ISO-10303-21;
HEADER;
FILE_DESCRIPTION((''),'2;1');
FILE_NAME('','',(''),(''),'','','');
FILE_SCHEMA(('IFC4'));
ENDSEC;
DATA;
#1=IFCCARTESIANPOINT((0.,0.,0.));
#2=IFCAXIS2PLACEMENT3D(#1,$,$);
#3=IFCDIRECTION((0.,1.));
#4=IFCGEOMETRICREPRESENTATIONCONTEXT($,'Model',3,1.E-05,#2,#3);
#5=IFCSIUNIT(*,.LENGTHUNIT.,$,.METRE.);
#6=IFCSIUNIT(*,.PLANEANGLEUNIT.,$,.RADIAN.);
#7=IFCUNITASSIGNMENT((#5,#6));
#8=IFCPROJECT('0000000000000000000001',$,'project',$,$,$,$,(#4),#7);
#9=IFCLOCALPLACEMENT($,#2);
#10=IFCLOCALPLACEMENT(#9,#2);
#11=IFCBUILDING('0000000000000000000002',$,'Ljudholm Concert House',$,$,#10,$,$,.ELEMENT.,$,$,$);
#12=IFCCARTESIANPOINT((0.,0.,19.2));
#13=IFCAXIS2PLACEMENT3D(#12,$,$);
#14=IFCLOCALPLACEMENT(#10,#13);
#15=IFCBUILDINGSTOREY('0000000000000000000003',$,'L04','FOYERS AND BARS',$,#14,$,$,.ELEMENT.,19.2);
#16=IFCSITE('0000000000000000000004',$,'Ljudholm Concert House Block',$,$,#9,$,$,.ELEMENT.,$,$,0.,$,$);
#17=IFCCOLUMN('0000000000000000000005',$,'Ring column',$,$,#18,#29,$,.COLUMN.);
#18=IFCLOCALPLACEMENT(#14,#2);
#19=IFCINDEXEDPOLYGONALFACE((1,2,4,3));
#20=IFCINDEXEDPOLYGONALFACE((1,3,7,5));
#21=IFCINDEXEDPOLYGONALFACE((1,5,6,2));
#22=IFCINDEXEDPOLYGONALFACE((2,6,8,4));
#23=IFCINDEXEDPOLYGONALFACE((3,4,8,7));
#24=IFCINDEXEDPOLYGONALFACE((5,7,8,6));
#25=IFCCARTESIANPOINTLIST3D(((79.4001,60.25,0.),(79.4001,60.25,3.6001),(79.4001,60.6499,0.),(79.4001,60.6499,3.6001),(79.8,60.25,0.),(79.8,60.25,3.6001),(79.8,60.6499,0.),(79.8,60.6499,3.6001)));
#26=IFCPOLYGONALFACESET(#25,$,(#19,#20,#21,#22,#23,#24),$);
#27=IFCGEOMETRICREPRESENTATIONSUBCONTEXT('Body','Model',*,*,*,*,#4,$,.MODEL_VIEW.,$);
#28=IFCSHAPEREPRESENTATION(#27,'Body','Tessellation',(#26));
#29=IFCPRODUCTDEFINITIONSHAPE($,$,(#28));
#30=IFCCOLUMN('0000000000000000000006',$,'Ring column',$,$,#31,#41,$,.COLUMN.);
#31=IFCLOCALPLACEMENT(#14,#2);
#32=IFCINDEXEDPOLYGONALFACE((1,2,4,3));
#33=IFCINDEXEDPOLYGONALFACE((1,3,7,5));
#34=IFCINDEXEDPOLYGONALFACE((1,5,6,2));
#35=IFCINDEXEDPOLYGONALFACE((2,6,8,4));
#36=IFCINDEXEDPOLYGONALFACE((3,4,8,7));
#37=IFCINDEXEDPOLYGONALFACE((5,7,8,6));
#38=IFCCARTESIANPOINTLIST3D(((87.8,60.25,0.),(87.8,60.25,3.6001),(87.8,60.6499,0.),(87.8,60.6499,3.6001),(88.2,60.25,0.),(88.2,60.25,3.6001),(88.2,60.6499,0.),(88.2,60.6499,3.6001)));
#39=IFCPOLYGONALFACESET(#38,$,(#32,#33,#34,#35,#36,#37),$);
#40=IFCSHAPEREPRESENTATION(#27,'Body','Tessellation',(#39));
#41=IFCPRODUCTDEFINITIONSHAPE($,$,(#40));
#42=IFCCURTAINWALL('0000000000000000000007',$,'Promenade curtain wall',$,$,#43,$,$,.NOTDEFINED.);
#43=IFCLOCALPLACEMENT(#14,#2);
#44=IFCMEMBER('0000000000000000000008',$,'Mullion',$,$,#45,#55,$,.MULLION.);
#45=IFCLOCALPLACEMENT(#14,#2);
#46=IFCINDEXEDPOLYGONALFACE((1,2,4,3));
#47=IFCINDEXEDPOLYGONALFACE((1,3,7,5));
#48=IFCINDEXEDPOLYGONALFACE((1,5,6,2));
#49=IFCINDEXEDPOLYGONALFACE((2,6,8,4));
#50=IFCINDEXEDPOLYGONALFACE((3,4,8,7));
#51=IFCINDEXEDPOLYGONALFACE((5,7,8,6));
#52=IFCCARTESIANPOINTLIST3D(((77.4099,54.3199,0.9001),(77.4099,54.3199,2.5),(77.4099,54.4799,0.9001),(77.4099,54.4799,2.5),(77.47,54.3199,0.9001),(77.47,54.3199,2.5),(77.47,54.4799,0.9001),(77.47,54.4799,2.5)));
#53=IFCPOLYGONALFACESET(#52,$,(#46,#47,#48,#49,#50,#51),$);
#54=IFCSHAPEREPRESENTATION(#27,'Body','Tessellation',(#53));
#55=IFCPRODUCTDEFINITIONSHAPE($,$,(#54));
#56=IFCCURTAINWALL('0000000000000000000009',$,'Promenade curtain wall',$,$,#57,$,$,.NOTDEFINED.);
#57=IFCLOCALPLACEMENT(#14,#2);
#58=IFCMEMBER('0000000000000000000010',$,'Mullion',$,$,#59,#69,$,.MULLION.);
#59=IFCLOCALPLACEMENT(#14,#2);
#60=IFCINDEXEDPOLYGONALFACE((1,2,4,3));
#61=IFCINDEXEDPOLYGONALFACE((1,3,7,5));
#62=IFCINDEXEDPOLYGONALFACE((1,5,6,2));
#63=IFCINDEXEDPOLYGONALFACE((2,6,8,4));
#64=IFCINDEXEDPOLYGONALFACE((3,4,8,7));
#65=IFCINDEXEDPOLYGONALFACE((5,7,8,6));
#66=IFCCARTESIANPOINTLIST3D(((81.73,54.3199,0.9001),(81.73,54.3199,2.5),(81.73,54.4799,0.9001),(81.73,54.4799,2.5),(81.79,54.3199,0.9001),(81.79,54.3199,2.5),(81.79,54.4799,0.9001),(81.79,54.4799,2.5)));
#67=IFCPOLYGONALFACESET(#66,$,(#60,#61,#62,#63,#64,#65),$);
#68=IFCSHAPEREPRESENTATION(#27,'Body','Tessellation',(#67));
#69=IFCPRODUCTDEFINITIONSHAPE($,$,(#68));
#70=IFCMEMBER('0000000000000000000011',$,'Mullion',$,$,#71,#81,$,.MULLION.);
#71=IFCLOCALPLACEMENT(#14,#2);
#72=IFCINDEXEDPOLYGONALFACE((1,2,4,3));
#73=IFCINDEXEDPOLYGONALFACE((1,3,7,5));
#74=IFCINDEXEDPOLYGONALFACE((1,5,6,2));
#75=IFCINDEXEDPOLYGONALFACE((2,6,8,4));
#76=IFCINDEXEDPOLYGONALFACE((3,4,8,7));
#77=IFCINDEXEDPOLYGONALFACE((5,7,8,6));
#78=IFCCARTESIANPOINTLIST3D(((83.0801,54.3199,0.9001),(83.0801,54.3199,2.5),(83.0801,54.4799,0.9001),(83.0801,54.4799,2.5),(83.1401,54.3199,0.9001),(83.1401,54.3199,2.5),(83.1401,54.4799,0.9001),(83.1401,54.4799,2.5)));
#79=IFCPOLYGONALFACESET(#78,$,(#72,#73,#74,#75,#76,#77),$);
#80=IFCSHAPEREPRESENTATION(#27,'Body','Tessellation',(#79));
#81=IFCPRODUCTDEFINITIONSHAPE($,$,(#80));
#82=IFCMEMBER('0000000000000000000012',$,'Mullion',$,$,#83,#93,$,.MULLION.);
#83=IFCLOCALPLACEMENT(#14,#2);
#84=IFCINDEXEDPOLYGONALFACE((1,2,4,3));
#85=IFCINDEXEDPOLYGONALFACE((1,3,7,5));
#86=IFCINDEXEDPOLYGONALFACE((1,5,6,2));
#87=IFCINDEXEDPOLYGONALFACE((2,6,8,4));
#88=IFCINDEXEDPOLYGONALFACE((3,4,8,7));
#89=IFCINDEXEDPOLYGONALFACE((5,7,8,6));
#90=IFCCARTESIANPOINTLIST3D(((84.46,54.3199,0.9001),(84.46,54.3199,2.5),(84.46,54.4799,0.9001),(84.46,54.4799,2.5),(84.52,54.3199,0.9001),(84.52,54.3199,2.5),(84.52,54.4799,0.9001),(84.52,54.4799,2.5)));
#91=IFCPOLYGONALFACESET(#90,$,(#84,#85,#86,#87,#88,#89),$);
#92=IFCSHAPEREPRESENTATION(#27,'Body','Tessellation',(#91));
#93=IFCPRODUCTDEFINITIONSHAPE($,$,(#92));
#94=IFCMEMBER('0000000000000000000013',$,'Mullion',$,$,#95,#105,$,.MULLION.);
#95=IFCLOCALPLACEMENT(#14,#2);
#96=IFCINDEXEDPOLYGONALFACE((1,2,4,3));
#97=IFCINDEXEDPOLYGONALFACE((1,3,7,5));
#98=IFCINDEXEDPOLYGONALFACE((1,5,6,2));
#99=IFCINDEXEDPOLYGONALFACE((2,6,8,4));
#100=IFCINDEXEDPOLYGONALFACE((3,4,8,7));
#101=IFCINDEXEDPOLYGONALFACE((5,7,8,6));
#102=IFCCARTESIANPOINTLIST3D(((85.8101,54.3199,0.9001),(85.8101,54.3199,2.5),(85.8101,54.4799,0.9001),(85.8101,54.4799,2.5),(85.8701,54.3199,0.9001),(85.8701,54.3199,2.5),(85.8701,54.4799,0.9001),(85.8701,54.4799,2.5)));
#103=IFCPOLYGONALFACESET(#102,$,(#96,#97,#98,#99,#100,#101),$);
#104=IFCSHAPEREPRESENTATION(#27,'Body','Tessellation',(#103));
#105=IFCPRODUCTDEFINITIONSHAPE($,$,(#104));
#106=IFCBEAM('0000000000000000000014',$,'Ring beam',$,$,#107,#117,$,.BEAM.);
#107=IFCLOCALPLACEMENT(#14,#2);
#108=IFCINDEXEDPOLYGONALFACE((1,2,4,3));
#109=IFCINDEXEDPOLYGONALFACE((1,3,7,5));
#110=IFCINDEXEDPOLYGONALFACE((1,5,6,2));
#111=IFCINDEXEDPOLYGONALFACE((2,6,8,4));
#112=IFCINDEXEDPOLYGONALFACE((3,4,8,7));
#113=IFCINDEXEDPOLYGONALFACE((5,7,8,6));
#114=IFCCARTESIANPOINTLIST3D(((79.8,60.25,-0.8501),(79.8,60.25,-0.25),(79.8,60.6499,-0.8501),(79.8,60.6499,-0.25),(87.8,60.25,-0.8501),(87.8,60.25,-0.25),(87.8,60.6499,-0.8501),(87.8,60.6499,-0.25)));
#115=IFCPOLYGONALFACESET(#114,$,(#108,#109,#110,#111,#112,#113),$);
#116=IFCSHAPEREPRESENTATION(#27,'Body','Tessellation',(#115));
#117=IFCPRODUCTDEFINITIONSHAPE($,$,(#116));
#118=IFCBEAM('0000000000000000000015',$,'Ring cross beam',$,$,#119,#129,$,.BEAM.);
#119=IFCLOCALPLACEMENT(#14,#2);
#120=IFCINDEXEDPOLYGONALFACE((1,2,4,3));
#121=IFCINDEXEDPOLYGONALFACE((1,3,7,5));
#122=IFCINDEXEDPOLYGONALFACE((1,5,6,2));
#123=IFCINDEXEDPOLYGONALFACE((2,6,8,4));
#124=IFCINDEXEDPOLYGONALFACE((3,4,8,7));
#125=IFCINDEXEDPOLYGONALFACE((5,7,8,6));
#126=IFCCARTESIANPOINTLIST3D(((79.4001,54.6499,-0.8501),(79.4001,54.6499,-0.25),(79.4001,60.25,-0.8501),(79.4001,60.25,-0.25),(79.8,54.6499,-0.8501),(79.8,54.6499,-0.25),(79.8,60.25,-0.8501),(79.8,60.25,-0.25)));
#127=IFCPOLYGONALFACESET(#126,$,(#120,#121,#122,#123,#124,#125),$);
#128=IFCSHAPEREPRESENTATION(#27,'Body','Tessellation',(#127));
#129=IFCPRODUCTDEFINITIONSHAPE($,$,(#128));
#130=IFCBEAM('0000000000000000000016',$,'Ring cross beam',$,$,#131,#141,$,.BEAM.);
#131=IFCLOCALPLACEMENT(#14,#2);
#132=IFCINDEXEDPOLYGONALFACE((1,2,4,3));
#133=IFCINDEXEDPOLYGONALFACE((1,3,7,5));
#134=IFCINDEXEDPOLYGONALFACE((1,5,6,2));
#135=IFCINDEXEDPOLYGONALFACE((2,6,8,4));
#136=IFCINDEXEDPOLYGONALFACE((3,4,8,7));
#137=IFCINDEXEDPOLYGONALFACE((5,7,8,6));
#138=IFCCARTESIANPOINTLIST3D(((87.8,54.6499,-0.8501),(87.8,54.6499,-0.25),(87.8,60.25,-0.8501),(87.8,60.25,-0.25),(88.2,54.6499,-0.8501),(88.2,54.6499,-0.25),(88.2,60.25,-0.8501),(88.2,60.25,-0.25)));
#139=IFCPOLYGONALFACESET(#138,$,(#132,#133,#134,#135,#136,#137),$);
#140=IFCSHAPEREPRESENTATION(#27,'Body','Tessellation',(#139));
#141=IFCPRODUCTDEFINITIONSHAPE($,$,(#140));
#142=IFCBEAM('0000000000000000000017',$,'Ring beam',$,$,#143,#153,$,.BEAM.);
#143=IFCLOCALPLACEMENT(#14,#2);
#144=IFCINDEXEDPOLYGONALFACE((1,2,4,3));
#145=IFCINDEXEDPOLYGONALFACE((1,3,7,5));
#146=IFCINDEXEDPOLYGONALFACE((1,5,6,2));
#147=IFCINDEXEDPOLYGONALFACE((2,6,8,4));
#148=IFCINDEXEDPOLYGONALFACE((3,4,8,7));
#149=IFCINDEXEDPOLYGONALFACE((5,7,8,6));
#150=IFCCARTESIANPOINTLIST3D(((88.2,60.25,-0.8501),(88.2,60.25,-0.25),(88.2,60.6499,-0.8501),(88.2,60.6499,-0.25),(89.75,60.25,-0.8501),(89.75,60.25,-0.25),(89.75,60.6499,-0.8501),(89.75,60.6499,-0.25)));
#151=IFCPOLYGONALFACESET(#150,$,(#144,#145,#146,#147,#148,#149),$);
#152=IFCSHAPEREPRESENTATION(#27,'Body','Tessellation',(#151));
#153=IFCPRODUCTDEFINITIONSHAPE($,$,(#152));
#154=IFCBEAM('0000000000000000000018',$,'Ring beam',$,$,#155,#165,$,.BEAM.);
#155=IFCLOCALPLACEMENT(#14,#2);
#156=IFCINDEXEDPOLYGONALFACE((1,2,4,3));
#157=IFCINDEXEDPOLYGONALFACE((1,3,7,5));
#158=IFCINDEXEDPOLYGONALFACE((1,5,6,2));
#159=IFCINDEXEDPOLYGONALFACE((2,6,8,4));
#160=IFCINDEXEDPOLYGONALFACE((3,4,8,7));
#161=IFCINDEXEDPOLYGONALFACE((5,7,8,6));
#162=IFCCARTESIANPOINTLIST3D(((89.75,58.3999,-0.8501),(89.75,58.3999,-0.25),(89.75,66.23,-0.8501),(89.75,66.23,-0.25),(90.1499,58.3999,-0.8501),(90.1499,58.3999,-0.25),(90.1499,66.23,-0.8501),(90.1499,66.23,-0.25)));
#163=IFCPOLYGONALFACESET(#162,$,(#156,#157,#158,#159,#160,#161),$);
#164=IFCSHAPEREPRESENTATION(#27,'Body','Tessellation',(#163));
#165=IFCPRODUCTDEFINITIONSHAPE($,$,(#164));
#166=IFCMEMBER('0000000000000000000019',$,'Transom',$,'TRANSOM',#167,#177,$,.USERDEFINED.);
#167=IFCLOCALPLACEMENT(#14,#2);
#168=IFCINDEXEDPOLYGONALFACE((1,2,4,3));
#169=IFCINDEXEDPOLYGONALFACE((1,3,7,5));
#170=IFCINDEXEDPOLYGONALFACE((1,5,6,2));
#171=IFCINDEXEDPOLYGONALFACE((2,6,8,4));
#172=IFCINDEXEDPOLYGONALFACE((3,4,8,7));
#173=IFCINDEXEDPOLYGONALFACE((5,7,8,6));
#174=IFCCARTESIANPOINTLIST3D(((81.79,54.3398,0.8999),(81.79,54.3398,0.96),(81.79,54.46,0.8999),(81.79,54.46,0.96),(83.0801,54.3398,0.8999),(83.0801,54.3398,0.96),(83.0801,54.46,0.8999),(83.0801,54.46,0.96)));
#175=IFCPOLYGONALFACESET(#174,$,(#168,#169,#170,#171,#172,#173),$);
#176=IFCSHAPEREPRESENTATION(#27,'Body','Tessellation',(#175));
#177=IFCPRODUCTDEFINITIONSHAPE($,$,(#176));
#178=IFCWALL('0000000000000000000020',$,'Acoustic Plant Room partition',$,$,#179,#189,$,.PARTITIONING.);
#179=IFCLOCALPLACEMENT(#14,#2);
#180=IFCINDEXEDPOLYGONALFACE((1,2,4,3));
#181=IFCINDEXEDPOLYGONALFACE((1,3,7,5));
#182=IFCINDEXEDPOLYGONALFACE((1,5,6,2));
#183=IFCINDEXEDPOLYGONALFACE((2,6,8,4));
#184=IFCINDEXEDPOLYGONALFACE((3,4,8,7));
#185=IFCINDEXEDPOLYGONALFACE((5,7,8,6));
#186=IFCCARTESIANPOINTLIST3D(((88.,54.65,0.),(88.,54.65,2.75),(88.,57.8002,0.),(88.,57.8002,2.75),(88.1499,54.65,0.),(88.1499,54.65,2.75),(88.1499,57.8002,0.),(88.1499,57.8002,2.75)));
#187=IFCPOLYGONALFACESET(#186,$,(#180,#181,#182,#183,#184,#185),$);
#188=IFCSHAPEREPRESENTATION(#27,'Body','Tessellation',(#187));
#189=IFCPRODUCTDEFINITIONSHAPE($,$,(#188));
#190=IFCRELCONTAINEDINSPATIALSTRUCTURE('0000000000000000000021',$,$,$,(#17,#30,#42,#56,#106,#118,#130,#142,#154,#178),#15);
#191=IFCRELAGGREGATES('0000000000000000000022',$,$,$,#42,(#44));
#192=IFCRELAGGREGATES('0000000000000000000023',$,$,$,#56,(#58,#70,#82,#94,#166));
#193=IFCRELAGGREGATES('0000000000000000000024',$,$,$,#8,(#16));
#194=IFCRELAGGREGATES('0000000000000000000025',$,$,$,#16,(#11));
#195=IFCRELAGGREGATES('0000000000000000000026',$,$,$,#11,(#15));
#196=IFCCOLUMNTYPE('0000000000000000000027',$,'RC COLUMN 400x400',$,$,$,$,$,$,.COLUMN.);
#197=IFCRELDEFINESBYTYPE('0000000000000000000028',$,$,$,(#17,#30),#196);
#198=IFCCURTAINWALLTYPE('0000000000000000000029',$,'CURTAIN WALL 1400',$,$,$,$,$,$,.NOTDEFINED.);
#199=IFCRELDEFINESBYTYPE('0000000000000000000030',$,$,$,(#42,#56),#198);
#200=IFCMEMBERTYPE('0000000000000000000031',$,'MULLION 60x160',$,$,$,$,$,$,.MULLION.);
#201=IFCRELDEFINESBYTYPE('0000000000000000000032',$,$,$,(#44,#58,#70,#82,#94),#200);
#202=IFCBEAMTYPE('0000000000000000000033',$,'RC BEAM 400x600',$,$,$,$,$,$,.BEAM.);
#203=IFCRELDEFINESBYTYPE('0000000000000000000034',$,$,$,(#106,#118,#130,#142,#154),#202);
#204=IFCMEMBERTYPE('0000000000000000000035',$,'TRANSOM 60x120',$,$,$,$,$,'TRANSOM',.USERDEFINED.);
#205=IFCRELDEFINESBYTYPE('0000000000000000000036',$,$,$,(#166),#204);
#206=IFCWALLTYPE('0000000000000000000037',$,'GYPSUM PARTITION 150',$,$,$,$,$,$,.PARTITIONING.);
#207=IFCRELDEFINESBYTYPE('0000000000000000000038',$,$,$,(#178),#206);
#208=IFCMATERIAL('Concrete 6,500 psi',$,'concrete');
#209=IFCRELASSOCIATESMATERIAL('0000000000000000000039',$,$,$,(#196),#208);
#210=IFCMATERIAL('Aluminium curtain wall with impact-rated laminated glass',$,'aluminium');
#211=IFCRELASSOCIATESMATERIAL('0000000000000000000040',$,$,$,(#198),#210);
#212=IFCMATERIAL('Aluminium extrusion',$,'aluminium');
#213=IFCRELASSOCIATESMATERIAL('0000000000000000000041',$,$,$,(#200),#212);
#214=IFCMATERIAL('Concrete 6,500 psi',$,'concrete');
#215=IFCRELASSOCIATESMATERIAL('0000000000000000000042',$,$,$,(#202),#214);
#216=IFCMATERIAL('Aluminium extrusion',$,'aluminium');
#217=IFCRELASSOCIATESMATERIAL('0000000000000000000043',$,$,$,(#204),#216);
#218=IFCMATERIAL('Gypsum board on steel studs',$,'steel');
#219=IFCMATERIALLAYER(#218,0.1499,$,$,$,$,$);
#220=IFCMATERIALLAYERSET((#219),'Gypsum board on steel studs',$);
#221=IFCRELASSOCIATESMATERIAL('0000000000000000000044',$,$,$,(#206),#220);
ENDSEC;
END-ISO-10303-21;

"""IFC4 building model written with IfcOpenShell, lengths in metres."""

from ifc_helpers import new_model, si_unit, direction, frame, frame_2d, origin, origin_2d, place, context, subcontext, project, spatial, rectangle, extrude, material, layer, layer_set, material_profile, profile_set, type_object, element, aggregate, save


model = new_model("IFC4")

# Units and contexts
model_context = context("Model", 3, precision=1e-05, world=origin(), true_north=direction((0.0, 1.0)))
body_context = subcontext(model_context, "Body", "Model", "MODEL_VIEW")
ifc_project = project(units=[si_unit("LENGTHUNIT", "METRE"), si_unit("PLANEANGLEUNIT", "RADIAN")], contexts=[model_context])

# Site, building, storey
site_placement = place(None, origin())
site = spatial("IfcSite", under=ifc_project, at=site_placement, Name="Ljudholm Concert House Block", CompositionType="ELEMENT", RefElevation=0.0)
building_placement = place(site_placement, origin())
building = spatial("IfcBuilding", under=site, at=building_placement, Name="Ljudholm Concert House", CompositionType="ELEMENT")
storey_placement = place(building_placement, frame((0.0, 0.0, 19.2)))
storey = spatial("IfcBuildingStorey", under=building, at=storey_placement, Name="L04", Description="FOYERS AND BARS", CompositionType="ELEMENT", Elevation=19.2)

# Columns
ifc_material_1 = material(Name="Concrete 6,500 psi", Category="concrete")
ifc_material_profile_1 = material_profile(ifc_material_1, rectangle(XDim=0.3999, YDim=0.3999, at=origin_2d()), Name="RC COLUMN 400x400")
ifc_profile_set_1 = profile_set([ifc_material_profile_1], Name="Concrete 6,500 psi")
column_type = type_object("IfcColumnType", Name="RC COLUMN 400x400", PredefinedType="COLUMN", material=ifc_profile_set_1)
for number, where, z_axis, x_axis, name in (
    (1, (79.6001, 60.45, 0.0), (0.0, 0.0, 1.0), (1.0, 0.0, 0.0), "Ring column"),
    (2, (88.0, 60.45, 0.0), (0.0, 0.0, 1.0), (1.0, 0.0, 0.0), "Ring column"),
):
    element("IfcColumn", number, at=place(storey_placement, frame(where, z_axis=z_axis, x_axis=x_axis)), inside=storey, type_object=column_type, Name=name, PredefinedType="COLUMN", context=body_context, shape_type="SweptSolid", body=[
        extrude(rectangle(XDim=0.3999, YDim=0.3999, at=origin_2d()), origin(), (0.0, 0.0, 1.0), 3.6001),
    ])

# Curtain wall, member
ifc_material_2 = material(Name="Aluminium curtain wall with impact-rated laminated glass", Category="aluminium")
curtain_wall_type = type_object("IfcCurtainWallType", Name="CURTAIN WALL 1400", PredefinedType="NOTDEFINED", material=ifc_material_2)
curtain_wall_1_placement = place(storey_placement, origin())
curtain_wall_1 = element("IfcCurtainWall", 3, at=curtain_wall_1_placement, inside=storey, type_object=curtain_wall_type, Name="Promenade curtain wall", PredefinedType="NOTDEFINED")
ifc_material_3 = material(Name="Aluminium extrusion", Category="aluminium")
ifc_material_profile_2 = material_profile(ifc_material_3, rectangle(XDim=0.1599, YDim=0.0601, at=origin_2d()), Name="MULLION 60x160")
ifc_profile_set_2 = profile_set([ifc_material_profile_2], Name="Aluminium extrusion")
member_type_1 = type_object("IfcMemberType", Name="MULLION 60x160", PredefinedType="MULLION", material=ifc_profile_set_2)
member_1_placement = place(storey_placement, frame((77.4399, 54.3999, 0.9001), z_axis=(0.0, 0.0, 1.0), x_axis=(0.0, 1.0, 0.0)))
member_1 = element("IfcMember", 4, at=member_1_placement, type_object=member_type_1, Name="Mullion", PredefinedType="MULLION", context=body_context, shape_type="SweptSolid", body=[
    extrude(rectangle(XDim=0.1599, YDim=0.0601, at=origin_2d()), origin(), (0.0, 0.0, 1.0), 1.5999),
])
aggregate(curtain_wall_1, [member_1])

# Curtain wall, members
curtain_wall_2_placement = place(storey_placement, origin())
curtain_wall_2 = element("IfcCurtainWall", 5, at=curtain_wall_2_placement, inside=storey, type_object=curtain_wall_type, Name="Promenade curtain wall", PredefinedType="NOTDEFINED")
member_2_placement = place(storey_placement, frame((81.76, 54.3999, 0.9001), z_axis=(0.0, 0.0, 1.0), x_axis=(0.0, 1.0, 0.0)))
member_2 = element("IfcMember", 6, at=member_2_placement, type_object=member_type_1, Name="Mullion", PredefinedType="MULLION", context=body_context, shape_type="SweptSolid", body=[
    extrude(rectangle(XDim=0.1599, YDim=0.0601, at=origin_2d()), origin(), (0.0, 0.0, 1.0), 1.5999),
])
member_3_placement = place(storey_placement, frame((83.1101, 54.3999, 0.9001), z_axis=(0.0, 0.0, 1.0), x_axis=(0.0, 1.0, 0.0)))
member_3 = element("IfcMember", 7, at=member_3_placement, type_object=member_type_1, Name="Mullion", PredefinedType="MULLION", context=body_context, shape_type="SweptSolid", body=[
    extrude(rectangle(XDim=0.1599, YDim=0.0601, at=origin_2d()), origin(), (0.0, 0.0, 1.0), 1.5999),
])
member_4_placement = place(storey_placement, frame((84.49, 54.3999, 0.9001), z_axis=(0.0, 0.0, 1.0), x_axis=(0.0, 1.0, 0.0)))
member_4 = element("IfcMember", 8, at=member_4_placement, type_object=member_type_1, Name="Mullion", PredefinedType="MULLION", context=body_context, shape_type="SweptSolid", body=[
    extrude(rectangle(XDim=0.1599, YDim=0.0601, at=origin_2d()), origin(), (0.0, 0.0, 1.0), 1.5999),
])
member_5_placement = place(storey_placement, frame((85.8401, 54.3999, 0.9001), z_axis=(0.0, 0.0, 1.0), x_axis=(0.0, 1.0, 0.0)))
member_5 = element("IfcMember", 9, at=member_5_placement, type_object=member_type_1, Name="Mullion", PredefinedType="MULLION", context=body_context, shape_type="SweptSolid", body=[
    extrude(rectangle(XDim=0.1599, YDim=0.0601, at=origin_2d()), origin(), (0.0, 0.0, 1.0), 1.5999),
])

# Beams
ifc_material_4 = material(Name="Concrete 6,500 psi", Category="concrete")
ifc_material_profile_3 = material_profile(ifc_material_4, rectangle(XDim=0.3999, YDim=0.6001, at=origin_2d()), Name="RC BEAM 400x600")
ifc_profile_set_3 = profile_set([ifc_material_profile_3], Name="Concrete 6,500 psi")
beam_type = type_object("IfcBeamType", Name="RC BEAM 400x600", PredefinedType="BEAM", material=ifc_profile_set_3)
beam_1_placement = place(storey_placement, frame((79.8, 60.45, -0.55), z_axis=(1.0, 0.0, 0.0), x_axis=(0.0, 1.0, 0.0)))
element("IfcBeam", 10, at=beam_1_placement, inside=storey, type_object=beam_type, Name="Ring beam", PredefinedType="BEAM", context=body_context, shape_type="SweptSolid", body=[
    extrude(rectangle(XDim=0.3999, YDim=0.6001, at=origin_2d()), origin(), (0.0, 0.0, 1.0), 8.0),
])
for number, where, z_axis, x_axis, name in (
    (11, (79.6001, 60.25, -0.55), (0.0, -1.0, 0.0), (1.0, 0.0, 0.0), "Ring cross beam"),
    (12, (88.0, 60.25, -0.55), (0.0, -1.0, 0.0), (1.0, 0.0, 0.0), "Ring cross beam"),
):
    element("IfcBeam", number, at=place(storey_placement, frame(where, z_axis=z_axis, x_axis=x_axis)), inside=storey, type_object=beam_type, Name=name, PredefinedType="BEAM", context=body_context, shape_type="SweptSolid", body=[
        extrude(rectangle(XDim=0.3999, YDim=0.6001, at=origin_2d()), origin(), (0.0, 0.0, 1.0), 5.6001),
    ])
beam_2_placement = place(storey_placement, frame((88.2, 60.45, -0.55), z_axis=(1.0, 0.0, 0.0), x_axis=(0.0, 1.0, 0.0)))
element("IfcBeam", 13, at=beam_2_placement, inside=storey, type_object=beam_type, Name="Ring beam", PredefinedType="BEAM", context=body_context, shape_type="SweptSolid", body=[
    extrude(rectangle(XDim=0.3999, YDim=0.6001, at=origin_2d()), origin(), (0.0, 0.0, 1.0), 1.55),
])
beam_3_placement = place(storey_placement, frame((89.95, 58.3999, -0.55), z_axis=(0.0, 1.0, 0.0), x_axis=(-1.0, 0.0, 0.0)))
element("IfcBeam", 14, at=beam_3_placement, inside=storey, type_object=beam_type, Name="Ring beam", PredefinedType="BEAM", context=body_context, shape_type="SweptSolid", body=[
    extrude(rectangle(XDim=0.3999, YDim=0.6001, at=origin_2d()), origin(), (0.0, 0.0, 1.0), 7.8301),
])

# Member
ifc_material_5 = material(Name="Aluminium extrusion", Category="aluminium")
ifc_material_profile_4 = material_profile(ifc_material_5, rectangle(XDim=0.1201, YDim=0.0601, at=origin_2d()), Name="TRANSOM 60x120")
ifc_profile_set_4 = profile_set([ifc_material_profile_4], Name="Aluminium extrusion")
member_type_2 = type_object("IfcMemberType", Name="TRANSOM 60x120", ElementType="TRANSOM", PredefinedType="USERDEFINED", material=ifc_profile_set_4)
member_6_placement = place(storey_placement, frame((81.79, 54.3999, 0.9299), z_axis=(1.0, 0.0, 0.0), x_axis=(0.0, 1.0, 0.0)))
member_6 = element("IfcMember", 15, at=member_6_placement, type_object=member_type_2, Name="Transom", ObjectType="TRANSOM", PredefinedType="USERDEFINED", context=body_context, shape_type="SweptSolid", body=[
    extrude(rectangle(XDim=0.1201, YDim=0.0601, at=origin_2d()), origin(), (0.0, 0.0, 1.0), 1.29),
])
aggregate(curtain_wall_2, [member_2, member_3, member_4, member_5, member_6])

# Wall
ifc_material_6 = material(Name="Gypsum board on steel studs", Category="steel")
ifc_layer_1 = layer(ifc_material_6, 0.1499)
ifc_layer_set_1 = layer_set([ifc_layer_1], Name="Gypsum board on steel studs")
wall_type_1 = type_object("IfcWallType", Name="GYPSUM PARTITION 150", PredefinedType="PARTITIONING", material=ifc_layer_set_1)
wall_1_placement = place(storey_placement, frame((88.075, 54.6499, 0.0), z_axis=(0.0, 0.0, 1.0), x_axis=(0.0, 1.0, 0.0)))
element("IfcWall", 16, at=wall_1_placement, inside=storey, type_object=wall_type_1, Name="Acoustic Plant Room partition", PredefinedType="PARTITIONING", context=body_context, shape_type="SweptSolid", body=[
    extrude(rectangle(XDim=3.1501, YDim=0.1499, at=frame_2d((1.5752, 0.0))), origin(), (0.0, 0.0, 1.0), 2.75),
])

save(model, "model.ifc")
